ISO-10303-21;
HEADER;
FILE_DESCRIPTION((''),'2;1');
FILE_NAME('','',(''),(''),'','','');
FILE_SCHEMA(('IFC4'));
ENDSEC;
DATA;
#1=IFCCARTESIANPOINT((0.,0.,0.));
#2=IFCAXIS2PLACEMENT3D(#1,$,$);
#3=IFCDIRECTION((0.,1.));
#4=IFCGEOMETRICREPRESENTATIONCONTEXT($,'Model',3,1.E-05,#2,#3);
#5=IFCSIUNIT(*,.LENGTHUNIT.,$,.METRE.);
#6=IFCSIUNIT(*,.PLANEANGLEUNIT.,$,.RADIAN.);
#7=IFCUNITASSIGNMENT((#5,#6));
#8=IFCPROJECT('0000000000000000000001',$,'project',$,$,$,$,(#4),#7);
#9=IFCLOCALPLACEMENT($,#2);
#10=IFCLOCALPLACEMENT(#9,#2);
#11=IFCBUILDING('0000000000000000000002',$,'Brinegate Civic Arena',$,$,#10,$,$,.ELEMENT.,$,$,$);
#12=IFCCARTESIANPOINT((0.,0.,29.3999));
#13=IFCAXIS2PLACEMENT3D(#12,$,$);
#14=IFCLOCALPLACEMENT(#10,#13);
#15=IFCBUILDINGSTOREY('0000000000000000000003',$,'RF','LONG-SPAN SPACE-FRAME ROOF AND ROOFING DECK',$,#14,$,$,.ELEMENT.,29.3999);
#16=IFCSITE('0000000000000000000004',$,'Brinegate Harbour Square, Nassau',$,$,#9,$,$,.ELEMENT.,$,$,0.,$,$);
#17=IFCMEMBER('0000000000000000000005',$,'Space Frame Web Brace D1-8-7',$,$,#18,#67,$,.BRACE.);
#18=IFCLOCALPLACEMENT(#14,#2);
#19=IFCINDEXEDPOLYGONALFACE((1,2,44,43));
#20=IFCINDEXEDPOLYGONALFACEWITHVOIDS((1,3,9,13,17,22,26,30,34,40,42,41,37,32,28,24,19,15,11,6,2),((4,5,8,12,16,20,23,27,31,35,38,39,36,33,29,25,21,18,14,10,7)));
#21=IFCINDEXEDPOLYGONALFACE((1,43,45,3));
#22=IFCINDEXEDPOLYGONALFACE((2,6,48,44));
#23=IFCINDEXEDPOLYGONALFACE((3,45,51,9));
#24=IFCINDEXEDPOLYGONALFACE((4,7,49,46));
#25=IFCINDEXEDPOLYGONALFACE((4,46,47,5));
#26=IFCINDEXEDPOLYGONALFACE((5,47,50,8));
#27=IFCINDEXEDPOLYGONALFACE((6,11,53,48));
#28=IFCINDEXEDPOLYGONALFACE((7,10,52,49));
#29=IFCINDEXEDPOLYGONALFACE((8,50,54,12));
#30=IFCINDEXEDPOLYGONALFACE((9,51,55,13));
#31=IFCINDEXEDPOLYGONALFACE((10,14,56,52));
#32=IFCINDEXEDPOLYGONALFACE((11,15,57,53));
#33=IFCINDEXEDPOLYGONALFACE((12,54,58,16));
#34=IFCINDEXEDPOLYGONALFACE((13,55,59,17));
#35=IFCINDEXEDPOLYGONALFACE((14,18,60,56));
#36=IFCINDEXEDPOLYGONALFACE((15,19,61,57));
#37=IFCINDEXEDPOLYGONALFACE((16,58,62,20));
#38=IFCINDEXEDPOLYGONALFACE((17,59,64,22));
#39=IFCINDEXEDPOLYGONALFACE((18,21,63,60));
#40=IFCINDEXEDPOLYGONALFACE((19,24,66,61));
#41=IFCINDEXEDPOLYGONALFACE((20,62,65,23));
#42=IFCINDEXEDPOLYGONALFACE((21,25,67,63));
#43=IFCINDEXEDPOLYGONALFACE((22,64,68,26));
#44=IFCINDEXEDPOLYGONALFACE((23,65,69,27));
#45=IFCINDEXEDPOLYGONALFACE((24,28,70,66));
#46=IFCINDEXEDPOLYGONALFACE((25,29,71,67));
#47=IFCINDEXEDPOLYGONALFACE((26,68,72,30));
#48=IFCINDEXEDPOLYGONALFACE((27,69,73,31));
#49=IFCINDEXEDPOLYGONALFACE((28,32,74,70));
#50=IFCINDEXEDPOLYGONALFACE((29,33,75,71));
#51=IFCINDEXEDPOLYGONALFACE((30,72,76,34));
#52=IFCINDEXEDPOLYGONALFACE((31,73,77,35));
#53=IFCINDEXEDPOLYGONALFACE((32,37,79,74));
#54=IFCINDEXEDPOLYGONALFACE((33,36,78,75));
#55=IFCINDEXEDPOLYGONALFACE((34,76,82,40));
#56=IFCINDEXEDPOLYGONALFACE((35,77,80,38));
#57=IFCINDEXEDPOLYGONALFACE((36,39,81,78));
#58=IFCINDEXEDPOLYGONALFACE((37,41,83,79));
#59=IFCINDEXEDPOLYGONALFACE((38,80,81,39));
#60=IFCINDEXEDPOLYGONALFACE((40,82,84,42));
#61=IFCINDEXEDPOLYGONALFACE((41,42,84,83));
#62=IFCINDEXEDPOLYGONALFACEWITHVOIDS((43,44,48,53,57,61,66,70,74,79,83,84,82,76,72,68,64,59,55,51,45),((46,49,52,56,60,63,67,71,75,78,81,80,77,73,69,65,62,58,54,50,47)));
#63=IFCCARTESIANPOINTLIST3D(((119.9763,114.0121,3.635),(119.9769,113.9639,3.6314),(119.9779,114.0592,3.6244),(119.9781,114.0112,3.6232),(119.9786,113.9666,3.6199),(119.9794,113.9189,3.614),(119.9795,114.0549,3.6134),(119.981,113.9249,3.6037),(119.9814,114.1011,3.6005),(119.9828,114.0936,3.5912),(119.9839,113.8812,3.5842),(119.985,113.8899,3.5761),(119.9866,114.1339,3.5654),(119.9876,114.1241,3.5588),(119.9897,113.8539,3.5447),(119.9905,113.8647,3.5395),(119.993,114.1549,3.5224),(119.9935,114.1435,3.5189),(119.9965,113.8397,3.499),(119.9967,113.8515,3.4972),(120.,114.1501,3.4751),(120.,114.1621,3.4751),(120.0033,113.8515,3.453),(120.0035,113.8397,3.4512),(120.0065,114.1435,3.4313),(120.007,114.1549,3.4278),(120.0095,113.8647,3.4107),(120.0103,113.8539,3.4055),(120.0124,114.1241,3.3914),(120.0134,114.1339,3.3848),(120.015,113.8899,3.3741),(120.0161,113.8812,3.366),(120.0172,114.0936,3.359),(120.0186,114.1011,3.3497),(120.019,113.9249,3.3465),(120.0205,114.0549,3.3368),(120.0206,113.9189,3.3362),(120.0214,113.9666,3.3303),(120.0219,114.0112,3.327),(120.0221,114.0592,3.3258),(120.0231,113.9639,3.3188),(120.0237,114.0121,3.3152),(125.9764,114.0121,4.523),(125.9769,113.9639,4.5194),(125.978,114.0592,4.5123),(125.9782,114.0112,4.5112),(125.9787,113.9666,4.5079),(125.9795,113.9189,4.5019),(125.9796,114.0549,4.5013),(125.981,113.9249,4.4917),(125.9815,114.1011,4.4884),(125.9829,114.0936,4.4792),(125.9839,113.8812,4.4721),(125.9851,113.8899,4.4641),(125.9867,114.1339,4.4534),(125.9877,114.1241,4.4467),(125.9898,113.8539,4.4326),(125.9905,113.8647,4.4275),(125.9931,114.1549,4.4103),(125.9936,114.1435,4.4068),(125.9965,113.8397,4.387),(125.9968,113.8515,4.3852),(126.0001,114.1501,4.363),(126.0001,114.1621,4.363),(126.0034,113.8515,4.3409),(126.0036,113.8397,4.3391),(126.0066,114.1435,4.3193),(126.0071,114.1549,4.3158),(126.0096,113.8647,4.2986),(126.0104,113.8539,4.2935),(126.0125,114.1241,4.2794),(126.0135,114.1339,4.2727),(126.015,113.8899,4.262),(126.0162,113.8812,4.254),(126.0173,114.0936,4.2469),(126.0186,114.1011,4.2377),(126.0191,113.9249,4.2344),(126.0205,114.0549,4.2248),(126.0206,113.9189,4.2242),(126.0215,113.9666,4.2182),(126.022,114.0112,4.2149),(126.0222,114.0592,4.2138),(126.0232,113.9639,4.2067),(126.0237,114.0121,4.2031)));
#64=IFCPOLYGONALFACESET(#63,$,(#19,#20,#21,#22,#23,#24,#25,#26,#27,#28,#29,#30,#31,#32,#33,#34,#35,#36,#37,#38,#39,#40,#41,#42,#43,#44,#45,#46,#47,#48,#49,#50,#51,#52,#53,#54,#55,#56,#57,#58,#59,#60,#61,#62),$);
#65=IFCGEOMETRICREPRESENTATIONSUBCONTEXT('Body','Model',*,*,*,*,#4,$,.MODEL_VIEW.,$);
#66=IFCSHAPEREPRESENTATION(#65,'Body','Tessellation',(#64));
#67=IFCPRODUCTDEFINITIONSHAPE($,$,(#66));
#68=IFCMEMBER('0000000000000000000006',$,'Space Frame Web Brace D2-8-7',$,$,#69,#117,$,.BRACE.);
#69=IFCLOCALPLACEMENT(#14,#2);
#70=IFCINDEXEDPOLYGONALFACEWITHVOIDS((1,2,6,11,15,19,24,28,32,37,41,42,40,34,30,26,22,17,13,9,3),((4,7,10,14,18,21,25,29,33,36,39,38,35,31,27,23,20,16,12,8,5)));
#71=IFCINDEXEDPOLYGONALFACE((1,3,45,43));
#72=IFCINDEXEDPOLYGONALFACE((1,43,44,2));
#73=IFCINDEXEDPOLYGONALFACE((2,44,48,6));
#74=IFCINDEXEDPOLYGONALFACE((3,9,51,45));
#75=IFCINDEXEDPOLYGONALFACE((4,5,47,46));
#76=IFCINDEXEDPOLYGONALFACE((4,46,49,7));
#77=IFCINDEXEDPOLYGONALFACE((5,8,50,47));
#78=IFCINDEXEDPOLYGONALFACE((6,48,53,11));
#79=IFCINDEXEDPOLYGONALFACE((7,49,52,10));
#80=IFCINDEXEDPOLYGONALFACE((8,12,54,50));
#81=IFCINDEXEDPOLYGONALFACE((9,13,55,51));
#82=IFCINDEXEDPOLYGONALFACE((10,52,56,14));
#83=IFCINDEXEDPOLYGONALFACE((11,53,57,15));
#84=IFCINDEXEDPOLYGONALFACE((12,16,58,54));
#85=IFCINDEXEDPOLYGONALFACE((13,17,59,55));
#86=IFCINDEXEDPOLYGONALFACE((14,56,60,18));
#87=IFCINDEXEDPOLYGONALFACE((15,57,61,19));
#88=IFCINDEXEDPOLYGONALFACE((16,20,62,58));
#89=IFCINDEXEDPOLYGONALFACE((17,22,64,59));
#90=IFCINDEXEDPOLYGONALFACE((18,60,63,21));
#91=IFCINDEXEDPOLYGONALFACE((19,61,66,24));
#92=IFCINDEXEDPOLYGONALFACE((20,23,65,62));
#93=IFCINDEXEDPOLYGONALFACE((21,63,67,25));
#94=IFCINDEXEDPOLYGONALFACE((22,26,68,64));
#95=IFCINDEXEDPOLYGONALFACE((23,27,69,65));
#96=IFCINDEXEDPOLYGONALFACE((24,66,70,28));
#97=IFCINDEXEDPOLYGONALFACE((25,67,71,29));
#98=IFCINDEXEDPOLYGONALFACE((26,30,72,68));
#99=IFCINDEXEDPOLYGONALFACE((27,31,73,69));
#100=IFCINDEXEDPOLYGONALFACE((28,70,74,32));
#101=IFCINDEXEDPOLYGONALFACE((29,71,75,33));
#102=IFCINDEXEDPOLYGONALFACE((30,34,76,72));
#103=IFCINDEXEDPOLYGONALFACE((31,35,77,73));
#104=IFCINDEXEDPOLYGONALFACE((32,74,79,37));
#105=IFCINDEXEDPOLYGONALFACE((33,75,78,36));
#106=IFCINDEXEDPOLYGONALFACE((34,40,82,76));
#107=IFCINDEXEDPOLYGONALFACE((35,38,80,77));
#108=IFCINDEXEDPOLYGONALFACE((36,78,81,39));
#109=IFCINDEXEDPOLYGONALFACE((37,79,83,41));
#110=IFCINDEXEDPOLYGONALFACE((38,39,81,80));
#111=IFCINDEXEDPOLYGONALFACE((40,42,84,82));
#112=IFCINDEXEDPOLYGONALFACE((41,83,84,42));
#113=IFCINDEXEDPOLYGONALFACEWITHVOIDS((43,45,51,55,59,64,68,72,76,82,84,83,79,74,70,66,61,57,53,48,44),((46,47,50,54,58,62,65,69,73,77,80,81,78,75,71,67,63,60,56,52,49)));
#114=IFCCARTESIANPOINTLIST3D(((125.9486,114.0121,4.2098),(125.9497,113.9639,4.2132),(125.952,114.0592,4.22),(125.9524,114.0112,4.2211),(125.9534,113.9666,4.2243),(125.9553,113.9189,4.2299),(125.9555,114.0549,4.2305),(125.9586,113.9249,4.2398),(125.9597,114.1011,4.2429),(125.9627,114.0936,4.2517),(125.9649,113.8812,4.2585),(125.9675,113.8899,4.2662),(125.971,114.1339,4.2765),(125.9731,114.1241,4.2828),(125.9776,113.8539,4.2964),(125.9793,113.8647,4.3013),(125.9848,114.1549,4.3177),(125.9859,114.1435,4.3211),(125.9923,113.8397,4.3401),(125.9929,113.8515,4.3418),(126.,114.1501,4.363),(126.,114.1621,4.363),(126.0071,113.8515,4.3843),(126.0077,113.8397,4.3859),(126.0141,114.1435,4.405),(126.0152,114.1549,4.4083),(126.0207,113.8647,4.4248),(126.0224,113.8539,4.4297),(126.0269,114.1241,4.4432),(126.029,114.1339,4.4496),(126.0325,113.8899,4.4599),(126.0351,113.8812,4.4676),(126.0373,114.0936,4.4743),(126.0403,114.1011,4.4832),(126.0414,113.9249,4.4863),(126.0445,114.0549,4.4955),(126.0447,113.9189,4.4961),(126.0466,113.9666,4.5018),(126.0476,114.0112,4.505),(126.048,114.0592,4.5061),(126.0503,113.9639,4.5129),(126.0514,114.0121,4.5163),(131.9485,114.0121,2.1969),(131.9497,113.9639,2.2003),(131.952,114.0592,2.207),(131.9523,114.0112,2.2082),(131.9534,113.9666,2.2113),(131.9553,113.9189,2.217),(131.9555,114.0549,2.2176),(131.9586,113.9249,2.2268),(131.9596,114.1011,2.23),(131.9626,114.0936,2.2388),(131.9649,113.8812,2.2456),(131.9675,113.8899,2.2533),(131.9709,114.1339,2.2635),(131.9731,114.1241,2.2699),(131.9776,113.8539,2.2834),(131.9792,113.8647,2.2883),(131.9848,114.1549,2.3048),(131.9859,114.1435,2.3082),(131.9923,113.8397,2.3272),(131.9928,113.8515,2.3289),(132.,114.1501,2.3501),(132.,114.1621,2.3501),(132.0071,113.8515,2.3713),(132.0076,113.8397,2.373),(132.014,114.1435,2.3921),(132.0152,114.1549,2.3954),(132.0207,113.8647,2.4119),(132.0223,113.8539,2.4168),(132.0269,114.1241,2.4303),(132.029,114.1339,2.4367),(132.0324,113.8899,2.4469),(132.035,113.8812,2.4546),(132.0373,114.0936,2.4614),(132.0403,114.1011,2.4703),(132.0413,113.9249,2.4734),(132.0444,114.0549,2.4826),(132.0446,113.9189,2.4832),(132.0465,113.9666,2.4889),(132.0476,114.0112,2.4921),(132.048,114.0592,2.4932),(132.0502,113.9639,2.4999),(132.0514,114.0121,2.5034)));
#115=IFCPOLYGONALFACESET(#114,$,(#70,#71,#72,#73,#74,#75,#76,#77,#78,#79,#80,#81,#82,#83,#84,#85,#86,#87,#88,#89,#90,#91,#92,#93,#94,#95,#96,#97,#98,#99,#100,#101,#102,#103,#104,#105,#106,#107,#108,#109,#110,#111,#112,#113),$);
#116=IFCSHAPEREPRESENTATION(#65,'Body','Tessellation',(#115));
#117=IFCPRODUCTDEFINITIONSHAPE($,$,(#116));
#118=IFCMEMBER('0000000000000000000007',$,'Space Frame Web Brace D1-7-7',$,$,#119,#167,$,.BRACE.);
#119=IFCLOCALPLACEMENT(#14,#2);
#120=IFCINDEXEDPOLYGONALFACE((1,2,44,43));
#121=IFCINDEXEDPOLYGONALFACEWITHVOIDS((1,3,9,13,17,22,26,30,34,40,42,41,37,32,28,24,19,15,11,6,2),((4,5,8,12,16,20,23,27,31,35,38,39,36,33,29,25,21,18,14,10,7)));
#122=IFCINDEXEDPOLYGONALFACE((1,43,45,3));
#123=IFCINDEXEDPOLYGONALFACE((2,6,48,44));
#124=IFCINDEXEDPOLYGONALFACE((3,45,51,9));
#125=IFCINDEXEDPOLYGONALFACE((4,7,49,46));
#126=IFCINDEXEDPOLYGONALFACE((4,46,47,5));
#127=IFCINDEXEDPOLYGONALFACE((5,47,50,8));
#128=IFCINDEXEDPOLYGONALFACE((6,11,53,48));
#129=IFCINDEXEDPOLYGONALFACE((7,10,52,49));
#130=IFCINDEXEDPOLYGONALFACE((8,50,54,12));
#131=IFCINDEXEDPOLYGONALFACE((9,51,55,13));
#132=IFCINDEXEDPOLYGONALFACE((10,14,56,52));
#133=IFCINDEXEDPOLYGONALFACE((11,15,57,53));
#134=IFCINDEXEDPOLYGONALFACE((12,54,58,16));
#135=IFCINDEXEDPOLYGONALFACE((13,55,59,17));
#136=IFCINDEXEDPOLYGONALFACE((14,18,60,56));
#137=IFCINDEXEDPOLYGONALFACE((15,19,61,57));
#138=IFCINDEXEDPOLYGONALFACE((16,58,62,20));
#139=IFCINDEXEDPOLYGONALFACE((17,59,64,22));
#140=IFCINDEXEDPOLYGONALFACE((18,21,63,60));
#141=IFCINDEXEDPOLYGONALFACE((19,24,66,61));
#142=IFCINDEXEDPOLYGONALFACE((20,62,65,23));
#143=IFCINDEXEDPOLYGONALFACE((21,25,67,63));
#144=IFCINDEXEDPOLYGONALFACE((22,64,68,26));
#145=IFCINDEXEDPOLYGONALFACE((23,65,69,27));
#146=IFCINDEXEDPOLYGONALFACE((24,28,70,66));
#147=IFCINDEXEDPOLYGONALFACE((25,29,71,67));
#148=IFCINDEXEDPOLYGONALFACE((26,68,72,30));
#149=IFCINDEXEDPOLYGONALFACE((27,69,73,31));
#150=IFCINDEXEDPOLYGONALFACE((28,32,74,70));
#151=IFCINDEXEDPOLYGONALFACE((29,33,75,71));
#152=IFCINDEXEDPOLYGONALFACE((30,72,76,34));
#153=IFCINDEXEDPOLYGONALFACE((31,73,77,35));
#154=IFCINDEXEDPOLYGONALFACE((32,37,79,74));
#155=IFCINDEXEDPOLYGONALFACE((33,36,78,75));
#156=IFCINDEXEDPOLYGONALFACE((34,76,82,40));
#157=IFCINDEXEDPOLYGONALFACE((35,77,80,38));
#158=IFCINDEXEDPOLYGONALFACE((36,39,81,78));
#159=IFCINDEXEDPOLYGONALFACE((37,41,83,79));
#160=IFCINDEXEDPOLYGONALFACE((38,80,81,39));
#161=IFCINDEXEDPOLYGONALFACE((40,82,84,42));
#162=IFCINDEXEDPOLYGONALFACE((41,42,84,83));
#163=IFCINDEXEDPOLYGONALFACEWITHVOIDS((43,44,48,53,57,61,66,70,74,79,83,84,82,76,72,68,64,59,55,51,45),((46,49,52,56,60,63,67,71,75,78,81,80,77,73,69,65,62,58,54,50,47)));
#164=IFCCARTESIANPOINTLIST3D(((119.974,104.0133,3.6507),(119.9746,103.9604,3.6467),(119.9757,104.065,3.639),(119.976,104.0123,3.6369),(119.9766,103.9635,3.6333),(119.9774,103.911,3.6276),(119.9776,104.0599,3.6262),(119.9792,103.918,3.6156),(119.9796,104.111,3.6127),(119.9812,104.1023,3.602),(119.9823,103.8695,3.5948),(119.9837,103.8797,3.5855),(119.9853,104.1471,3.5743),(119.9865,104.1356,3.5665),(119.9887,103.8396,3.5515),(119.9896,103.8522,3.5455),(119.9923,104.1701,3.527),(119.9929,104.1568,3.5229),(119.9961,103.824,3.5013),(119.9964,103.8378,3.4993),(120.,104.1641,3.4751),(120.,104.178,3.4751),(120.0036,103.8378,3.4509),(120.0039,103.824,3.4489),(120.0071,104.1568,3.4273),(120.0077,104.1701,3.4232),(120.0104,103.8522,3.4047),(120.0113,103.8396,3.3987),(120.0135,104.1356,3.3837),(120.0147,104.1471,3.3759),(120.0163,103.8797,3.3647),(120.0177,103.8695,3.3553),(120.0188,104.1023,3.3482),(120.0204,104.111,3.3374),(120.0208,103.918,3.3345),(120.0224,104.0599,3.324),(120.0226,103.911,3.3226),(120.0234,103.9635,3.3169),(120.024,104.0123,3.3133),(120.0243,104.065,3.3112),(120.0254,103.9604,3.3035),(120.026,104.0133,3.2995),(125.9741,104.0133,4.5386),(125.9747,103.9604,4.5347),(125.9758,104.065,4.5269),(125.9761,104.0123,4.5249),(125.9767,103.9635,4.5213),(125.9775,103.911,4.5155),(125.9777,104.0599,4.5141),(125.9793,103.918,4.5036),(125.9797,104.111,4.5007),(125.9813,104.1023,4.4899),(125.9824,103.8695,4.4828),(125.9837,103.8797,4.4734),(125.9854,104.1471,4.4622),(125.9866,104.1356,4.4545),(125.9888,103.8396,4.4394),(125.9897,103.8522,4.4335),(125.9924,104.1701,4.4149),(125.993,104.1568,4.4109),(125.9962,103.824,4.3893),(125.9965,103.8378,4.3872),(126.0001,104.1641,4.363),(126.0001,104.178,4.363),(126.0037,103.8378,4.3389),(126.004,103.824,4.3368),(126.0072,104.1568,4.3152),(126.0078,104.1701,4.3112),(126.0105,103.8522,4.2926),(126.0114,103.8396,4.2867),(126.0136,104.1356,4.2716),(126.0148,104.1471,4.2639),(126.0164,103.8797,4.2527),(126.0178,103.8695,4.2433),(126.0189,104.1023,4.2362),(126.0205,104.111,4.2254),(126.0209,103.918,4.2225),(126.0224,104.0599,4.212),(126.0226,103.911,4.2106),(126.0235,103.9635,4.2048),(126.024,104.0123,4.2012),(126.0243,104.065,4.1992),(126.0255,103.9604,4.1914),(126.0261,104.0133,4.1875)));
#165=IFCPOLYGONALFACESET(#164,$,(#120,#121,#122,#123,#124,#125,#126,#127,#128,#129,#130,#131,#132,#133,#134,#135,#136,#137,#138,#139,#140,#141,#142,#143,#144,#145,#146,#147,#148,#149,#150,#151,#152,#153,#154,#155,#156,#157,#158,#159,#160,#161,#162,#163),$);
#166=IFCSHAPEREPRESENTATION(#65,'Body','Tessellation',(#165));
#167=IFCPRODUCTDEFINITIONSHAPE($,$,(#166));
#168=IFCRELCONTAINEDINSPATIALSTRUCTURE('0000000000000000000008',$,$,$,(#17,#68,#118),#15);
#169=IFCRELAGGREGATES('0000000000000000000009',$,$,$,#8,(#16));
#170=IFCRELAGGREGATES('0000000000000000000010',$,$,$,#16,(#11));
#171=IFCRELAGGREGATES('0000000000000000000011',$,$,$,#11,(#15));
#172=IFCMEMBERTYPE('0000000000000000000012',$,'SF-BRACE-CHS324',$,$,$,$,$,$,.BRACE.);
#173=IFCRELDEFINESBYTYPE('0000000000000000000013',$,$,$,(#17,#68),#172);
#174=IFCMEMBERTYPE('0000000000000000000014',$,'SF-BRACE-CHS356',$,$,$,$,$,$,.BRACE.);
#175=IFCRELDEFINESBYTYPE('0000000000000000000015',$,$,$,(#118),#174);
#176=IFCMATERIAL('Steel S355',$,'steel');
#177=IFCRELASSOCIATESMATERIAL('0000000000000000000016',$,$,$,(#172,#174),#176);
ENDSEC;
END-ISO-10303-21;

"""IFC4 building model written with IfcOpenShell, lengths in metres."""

from ifc_helpers import new_model, si_unit, direction, frame, origin, origin_2d, place, context, subcontext, project, spatial, hollow_circle, extrude, material, material_profile, profile_set, type_object, element, save


model = new_model("IFC4")

# Units and contexts
model_context = context("Model", 3, precision=1e-05, world=origin(), true_north=direction((0.0, 1.0)))
body_context = subcontext(model_context, "Body", "Model", "MODEL_VIEW")
ifc_project = project(units=[si_unit("LENGTHUNIT", "METRE"), si_unit("PLANEANGLEUNIT", "RADIAN")], contexts=[model_context])

# Site, building, storey
site_placement = place(None, origin())
site = spatial("IfcSite", under=ifc_project, at=site_placement, Name="Brinegate Harbour Square, Nassau", CompositionType="ELEMENT", RefElevation=0.0)
building_placement = place(site_placement, origin())
building = spatial("IfcBuilding", under=site, at=building_placement, Name="Brinegate Civic Arena", CompositionType="ELEMENT")
storey_placement = place(building_placement, frame((0.0, 0.0, 29.3999)))
storey = spatial("IfcBuildingStorey", under=building, at=storey_placement, Name="RF", Description="LONG-SPAN SPACE-FRAME ROOF AND ROOFING DECK", CompositionType="ELEMENT", Elevation=29.3999)

# Shared definitions
ifc_material_1 = material(Name="Steel S355", Category="steel")

# Members
ifc_material_profile_1 = material_profile(ifc_material_1, hollow_circle(Radius=0.1621, WallThickness=0.012, at=origin_2d()), Name="CHS324X12")
ifc_profile_set_1 = profile_set([ifc_material_profile_1], Name="Steel S355")
member_type_1 = type_object("IfcMemberType", Name="SF-BRACE-CHS324", PredefinedType="BRACE", material=ifc_profile_set_1)
member_1_placement = place(storey_placement, frame((120.0, 114.0, 3.4751), z_axis=(0.989226, 0.0, 0.146395), x_axis=(0.0, 1.0, 0.0)))
element("IfcMember", 1, at=member_1_placement, inside=storey, type_object=member_type_1, Name="Space Frame Web Brace D1-8-7", PredefinedType="BRACE", context=body_context, shape_type="SweptSolid", body=[
    extrude(hollow_circle(Radius=0.1621, WallThickness=0.012, at=origin_2d()), origin(), (0.0, 0.0, 1.0), 6.0654),
])
member_2_placement = place(storey_placement, frame((126.0, 114.0, 4.363), z_axis=(0.948068, 0.0, -0.318067), x_axis=(0.0, 1.0, 0.0)))
element("IfcMember", 2, at=member_2_placement, inside=storey, type_object=member_type_1, Name="Space Frame Web Brace D2-8-7", PredefinedType="BRACE", context=body_context, shape_type="SweptSolid", body=[
    extrude(hollow_circle(Radius=0.1621, WallThickness=0.012, at=origin_2d()), origin(), (0.0, 0.0, 1.0), 6.3286),
])
ifc_material_profile_2 = material_profile(ifc_material_1, hollow_circle(Radius=0.178, WallThickness=0.0139, at=origin_2d()), Name="CHS356X14")
ifc_profile_set_2 = profile_set([ifc_material_profile_2], Name="Steel S355")
member_type_2 = type_object("IfcMemberType", Name="SF-BRACE-CHS356", PredefinedType="BRACE", material=ifc_profile_set_2)
member_3_placement = place(storey_placement, frame((120.0, 104.0, 3.4751), z_axis=(0.989226, 0.0, 0.146395), x_axis=(0.0, 1.0, 0.0)))
element("IfcMember", 3, at=member_3_placement, inside=storey, type_object=member_type_2, Name="Space Frame Web Brace D1-7-7", PredefinedType="BRACE", context=body_context, shape_type="SweptSolid", body=[
    extrude(hollow_circle(Radius=0.178, WallThickness=0.0139, at=origin_2d()), origin(), (0.0, 0.0, 1.0), 6.0654),
])

save(model, "model.ifc")
